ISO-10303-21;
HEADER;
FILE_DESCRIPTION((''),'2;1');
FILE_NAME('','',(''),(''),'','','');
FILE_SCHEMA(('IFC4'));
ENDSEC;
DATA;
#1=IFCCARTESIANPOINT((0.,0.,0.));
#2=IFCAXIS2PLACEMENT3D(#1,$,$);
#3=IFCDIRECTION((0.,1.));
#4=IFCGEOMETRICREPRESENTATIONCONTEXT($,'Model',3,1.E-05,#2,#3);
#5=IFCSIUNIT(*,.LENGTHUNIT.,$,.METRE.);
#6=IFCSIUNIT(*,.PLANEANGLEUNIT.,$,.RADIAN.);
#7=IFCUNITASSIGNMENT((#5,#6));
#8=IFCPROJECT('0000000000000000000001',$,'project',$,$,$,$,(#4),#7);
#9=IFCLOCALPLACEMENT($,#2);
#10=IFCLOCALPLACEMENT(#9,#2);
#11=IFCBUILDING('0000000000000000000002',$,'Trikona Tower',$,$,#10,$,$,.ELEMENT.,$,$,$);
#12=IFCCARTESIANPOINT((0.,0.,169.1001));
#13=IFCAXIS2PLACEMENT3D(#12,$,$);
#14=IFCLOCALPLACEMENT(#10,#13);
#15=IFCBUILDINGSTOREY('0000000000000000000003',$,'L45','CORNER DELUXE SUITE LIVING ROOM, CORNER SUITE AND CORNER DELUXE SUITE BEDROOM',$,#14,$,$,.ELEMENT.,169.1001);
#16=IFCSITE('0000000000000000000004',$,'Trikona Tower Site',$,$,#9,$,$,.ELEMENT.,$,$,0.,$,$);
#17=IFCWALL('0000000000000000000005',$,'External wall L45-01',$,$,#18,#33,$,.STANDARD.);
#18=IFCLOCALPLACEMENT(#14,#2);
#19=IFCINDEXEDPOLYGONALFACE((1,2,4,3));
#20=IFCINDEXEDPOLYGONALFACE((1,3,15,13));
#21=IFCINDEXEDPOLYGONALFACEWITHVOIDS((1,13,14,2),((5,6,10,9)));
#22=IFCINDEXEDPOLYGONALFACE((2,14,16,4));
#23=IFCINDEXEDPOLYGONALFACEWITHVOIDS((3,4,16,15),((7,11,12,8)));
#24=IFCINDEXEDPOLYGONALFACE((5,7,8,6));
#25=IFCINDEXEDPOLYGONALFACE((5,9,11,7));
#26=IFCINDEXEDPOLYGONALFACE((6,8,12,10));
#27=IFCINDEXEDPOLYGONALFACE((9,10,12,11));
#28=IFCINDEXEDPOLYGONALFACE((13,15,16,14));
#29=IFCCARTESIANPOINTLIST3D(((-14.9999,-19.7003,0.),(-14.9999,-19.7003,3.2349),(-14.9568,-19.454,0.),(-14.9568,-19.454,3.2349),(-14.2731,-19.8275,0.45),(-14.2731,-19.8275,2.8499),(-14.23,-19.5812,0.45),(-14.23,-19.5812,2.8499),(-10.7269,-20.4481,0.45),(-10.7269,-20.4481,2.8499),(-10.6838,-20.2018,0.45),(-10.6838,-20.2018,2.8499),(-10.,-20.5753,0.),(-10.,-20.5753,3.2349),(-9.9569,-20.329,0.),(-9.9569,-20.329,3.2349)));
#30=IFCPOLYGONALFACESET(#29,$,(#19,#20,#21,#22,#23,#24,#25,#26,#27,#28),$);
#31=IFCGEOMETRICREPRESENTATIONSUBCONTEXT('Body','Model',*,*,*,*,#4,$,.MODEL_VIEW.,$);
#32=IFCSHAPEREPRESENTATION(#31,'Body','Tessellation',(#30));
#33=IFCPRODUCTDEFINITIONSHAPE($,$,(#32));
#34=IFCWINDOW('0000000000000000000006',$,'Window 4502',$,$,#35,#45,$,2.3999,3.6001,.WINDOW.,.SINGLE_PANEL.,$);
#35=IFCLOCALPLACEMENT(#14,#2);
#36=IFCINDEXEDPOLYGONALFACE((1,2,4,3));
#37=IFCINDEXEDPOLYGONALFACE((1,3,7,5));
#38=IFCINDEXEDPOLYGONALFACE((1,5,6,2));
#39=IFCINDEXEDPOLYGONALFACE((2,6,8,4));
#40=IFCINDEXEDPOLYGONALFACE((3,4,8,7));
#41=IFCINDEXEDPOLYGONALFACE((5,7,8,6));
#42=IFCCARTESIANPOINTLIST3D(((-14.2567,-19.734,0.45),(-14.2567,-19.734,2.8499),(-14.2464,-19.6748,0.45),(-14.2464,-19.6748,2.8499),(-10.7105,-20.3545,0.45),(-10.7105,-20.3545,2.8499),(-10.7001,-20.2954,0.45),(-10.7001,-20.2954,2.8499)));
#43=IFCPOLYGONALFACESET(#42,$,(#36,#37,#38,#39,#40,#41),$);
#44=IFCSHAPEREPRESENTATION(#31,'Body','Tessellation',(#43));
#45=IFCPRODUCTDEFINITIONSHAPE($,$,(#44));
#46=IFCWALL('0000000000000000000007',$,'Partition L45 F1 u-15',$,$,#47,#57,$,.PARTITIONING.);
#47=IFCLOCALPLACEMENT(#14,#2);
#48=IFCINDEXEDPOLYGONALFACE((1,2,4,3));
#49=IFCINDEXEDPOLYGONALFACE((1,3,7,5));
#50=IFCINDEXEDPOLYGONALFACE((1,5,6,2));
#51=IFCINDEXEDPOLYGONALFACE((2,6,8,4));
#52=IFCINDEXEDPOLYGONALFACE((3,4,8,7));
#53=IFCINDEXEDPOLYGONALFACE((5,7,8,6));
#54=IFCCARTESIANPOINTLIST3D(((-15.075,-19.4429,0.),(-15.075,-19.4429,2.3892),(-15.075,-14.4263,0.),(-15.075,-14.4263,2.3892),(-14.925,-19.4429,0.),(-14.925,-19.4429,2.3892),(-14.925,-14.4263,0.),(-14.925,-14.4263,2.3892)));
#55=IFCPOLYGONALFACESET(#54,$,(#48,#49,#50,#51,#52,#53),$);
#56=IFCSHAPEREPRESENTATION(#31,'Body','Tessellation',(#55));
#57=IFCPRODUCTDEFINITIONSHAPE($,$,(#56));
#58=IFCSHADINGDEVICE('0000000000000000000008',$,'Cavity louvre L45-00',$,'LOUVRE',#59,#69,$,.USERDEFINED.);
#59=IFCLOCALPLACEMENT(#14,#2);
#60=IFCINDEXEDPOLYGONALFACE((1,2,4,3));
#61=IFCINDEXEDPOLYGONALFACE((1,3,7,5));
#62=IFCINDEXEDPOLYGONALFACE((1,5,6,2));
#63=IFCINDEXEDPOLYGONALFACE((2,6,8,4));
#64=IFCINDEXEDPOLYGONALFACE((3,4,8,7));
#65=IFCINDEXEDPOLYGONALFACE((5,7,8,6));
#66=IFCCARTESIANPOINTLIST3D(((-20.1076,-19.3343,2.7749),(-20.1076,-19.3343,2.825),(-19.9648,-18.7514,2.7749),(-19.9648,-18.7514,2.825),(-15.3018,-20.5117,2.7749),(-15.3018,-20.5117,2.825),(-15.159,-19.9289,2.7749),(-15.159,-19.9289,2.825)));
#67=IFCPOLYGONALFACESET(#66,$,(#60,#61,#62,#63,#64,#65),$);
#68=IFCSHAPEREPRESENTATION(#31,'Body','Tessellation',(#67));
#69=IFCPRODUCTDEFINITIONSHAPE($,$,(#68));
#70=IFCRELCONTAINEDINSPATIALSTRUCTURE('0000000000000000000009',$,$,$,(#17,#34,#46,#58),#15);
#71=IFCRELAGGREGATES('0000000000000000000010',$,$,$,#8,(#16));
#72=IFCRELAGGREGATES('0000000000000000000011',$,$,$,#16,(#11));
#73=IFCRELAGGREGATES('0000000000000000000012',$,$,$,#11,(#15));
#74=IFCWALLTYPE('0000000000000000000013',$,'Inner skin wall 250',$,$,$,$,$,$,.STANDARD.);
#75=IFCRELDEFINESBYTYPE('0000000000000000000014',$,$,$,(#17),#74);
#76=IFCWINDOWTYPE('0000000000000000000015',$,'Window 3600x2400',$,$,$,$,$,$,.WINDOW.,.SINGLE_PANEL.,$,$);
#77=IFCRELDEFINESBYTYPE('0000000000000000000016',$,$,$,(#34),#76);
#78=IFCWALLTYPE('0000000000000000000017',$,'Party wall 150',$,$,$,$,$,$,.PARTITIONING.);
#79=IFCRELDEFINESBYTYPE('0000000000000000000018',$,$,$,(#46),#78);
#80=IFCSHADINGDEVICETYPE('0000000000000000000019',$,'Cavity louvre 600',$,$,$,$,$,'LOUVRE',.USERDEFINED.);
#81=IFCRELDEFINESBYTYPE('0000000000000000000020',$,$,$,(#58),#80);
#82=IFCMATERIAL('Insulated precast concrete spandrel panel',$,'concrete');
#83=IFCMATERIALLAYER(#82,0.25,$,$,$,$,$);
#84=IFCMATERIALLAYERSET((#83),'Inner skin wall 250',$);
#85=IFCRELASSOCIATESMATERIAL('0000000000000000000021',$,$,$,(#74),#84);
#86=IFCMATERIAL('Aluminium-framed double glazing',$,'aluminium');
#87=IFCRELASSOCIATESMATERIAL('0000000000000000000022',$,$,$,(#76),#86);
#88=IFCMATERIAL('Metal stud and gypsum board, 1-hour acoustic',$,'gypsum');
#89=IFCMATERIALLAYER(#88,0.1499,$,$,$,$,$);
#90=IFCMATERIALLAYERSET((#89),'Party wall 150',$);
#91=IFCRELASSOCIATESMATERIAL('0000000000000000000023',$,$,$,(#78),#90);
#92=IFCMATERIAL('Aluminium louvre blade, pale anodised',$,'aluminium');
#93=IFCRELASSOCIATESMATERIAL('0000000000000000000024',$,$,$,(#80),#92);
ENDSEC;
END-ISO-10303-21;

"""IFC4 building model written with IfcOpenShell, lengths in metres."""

from ifc_helpers import new_model, si_unit, direction, frame, frame_2d, origin, origin_2d, place, context, subcontext, project, spatial, rectangle, extrude, material, layer, layer_set, type_object, element, fill, save


model = new_model("IFC4")

# Units and contexts
model_context = context("Model", 3, precision=1e-05, world=origin(), true_north=direction((0.0, 1.0)))
body_context = subcontext(model_context, "Body", "Model", "MODEL_VIEW")
ifc_project = project(units=[si_unit("LENGTHUNIT", "METRE"), si_unit("PLANEANGLEUNIT", "RADIAN")], contexts=[model_context])

# Site, building, storey
site_placement = place(None, origin())
site = spatial("IfcSite", under=ifc_project, at=site_placement, Name="Trikona Tower Site", CompositionType="ELEMENT", RefElevation=0.0)
building_placement = place(site_placement, origin())
building = spatial("IfcBuilding", under=site, at=building_placement, Name="Trikona Tower", CompositionType="ELEMENT")
storey_placement = place(building_placement, frame((0.0, 0.0, 169.1001)))
storey = spatial("IfcBuildingStorey", under=building, at=storey_placement, Name="L45", Description="CORNER DELUXE SUITE LIVING ROOM, CORNER SUITE AND CORNER DELUXE SUITE BEDROOM", CompositionType="ELEMENT", Elevation=169.1001)

# Wall, opening, window
ifc_material_1 = material(Name="Insulated precast concrete spandrel panel", Category="concrete")
ifc_layer_1 = layer(ifc_material_1, 0.25)
ifc_layer_set_1 = layer_set([ifc_layer_1], Name="Inner skin wall 250")
wall_type_1 = type_object("IfcWallType", Name="Inner skin wall 250", PredefinedType="STANDARD", material=ifc_layer_set_1)
wall_1_placement = place(storey_placement, frame((-14.9785, -19.5771, 0.0), z_axis=(0.0, 0.0, 1.0), x_axis=(0.98503, -0.17238, 0.0)))
wall_1 = element("IfcWall", 1, at=wall_1_placement, inside=storey, type_object=wall_type_1, Name="External wall L45-01", PredefinedType="STANDARD", context=body_context, shape_type="SweptSolid", body=[
    extrude(rectangle(XDim=5.0759, YDim=0.25, at=frame_2d((2.5381, 0.0))), origin(), (0.0, 0.0, 1.0), 3.2349),
])
opening_1_placement = place(wall_1_placement, frame((0.738, 0.0, 0.45)))
opening_1 = element("IfcOpeningElement", 2, at=opening_1_placement, cuts=wall_1, PredefinedType="OPENING", context=body_context, shape_type="SweptSolid", body=[
    extrude(rectangle(XDim=3.6001, YDim=2.3999, at=frame_2d((1.8, 1.2))), frame((0.0, 0.135, 0.0), z_axis=(0.0, -1.0, 0.0), x_axis=(1.0, 0.0, 0.0)), (0.0, 0.0, 1.0), 0.27),
])
ifc_material_2 = material(Name="Aluminium-framed double glazing", Category="aluminium")
window_type = type_object("IfcWindowType", Name="Window 3600x2400", PartitioningType="SINGLE_PANEL", PredefinedType="WINDOW", material=ifc_material_2)
window_placement = place(opening_1_placement, origin())
window = element("IfcWindow", 3, at=window_placement, inside=storey, type_object=window_type, Name="Window 4502", OverallHeight=2.3999, OverallWidth=3.6001, PartitioningType="SINGLE_PANEL", PredefinedType="WINDOW", context=body_context, shape_type="SweptSolid", body=[
    extrude(rectangle(XDim=3.6001, YDim=2.3999, at=frame_2d((1.8, 1.2))), frame((0.0, 0.03, 0.0), z_axis=(0.0, -1.0, 0.0), x_axis=(1.0, 0.0, 0.0)), (0.0, 0.0, 1.0), 0.0601),
])
fill(opening_1, window)

# Wall
ifc_material_3 = material(Name="Metal stud and gypsum board, 1-hour acoustic", Category="gypsum")
ifc_layer_2 = layer(ifc_material_3, 0.1499)
ifc_layer_set_2 = layer_set([ifc_layer_2], Name="Party wall 150")
wall_type_2 = type_object("IfcWallType", Name="Party wall 150", PredefinedType="PARTITIONING", material=ifc_layer_set_2)
wall_2_placement = place(storey_placement, frame((-15.0, -14.4263, 0.0), z_axis=(0.0, 0.0, 1.0), x_axis=(0.0, -1.0, 0.0)))
element("IfcWall", 4, at=wall_2_placement, inside=storey, type_object=wall_type_2, Name="Partition L45 F1 u-15", PredefinedType="PARTITIONING", context=body_context, shape_type="SweptSolid", body=[
    extrude(rectangle(XDim=5.0166, YDim=0.1499, at=frame_2d((2.5083, 0.0))), origin(), (0.0, 0.0, 1.0), 2.3892),
])

# Shading device
ifc_material_4 = material(Name="Aluminium louvre blade, pale anodised", Category="aluminium")
shading_device_type = type_object("IfcShadingDeviceType", Name="Cavity louvre 600", ElementType="LOUVRE", PredefinedType="USERDEFINED", material=ifc_material_4)
shading_device_placement = place(storey_placement, frame((-17.6333, -19.6316, 2.7749), z_axis=(0.0, 0.0, 1.0), x_axis=(0.971274, -0.237962, 0.0)))
element("IfcShadingDevice", 5, at=shading_device_placement, inside=storey, type_object=shading_device_type, Name="Cavity louvre L45-00", ObjectType="LOUVRE", PredefinedType="USERDEFINED", context=body_context, shape_type="SweptSolid", body=[
    extrude(rectangle(XDim=4.948, YDim=0.6001, at=origin_2d()), origin(), (0.0, 0.0, 1.0), 0.05),
])

save(model, "model.ifc")
